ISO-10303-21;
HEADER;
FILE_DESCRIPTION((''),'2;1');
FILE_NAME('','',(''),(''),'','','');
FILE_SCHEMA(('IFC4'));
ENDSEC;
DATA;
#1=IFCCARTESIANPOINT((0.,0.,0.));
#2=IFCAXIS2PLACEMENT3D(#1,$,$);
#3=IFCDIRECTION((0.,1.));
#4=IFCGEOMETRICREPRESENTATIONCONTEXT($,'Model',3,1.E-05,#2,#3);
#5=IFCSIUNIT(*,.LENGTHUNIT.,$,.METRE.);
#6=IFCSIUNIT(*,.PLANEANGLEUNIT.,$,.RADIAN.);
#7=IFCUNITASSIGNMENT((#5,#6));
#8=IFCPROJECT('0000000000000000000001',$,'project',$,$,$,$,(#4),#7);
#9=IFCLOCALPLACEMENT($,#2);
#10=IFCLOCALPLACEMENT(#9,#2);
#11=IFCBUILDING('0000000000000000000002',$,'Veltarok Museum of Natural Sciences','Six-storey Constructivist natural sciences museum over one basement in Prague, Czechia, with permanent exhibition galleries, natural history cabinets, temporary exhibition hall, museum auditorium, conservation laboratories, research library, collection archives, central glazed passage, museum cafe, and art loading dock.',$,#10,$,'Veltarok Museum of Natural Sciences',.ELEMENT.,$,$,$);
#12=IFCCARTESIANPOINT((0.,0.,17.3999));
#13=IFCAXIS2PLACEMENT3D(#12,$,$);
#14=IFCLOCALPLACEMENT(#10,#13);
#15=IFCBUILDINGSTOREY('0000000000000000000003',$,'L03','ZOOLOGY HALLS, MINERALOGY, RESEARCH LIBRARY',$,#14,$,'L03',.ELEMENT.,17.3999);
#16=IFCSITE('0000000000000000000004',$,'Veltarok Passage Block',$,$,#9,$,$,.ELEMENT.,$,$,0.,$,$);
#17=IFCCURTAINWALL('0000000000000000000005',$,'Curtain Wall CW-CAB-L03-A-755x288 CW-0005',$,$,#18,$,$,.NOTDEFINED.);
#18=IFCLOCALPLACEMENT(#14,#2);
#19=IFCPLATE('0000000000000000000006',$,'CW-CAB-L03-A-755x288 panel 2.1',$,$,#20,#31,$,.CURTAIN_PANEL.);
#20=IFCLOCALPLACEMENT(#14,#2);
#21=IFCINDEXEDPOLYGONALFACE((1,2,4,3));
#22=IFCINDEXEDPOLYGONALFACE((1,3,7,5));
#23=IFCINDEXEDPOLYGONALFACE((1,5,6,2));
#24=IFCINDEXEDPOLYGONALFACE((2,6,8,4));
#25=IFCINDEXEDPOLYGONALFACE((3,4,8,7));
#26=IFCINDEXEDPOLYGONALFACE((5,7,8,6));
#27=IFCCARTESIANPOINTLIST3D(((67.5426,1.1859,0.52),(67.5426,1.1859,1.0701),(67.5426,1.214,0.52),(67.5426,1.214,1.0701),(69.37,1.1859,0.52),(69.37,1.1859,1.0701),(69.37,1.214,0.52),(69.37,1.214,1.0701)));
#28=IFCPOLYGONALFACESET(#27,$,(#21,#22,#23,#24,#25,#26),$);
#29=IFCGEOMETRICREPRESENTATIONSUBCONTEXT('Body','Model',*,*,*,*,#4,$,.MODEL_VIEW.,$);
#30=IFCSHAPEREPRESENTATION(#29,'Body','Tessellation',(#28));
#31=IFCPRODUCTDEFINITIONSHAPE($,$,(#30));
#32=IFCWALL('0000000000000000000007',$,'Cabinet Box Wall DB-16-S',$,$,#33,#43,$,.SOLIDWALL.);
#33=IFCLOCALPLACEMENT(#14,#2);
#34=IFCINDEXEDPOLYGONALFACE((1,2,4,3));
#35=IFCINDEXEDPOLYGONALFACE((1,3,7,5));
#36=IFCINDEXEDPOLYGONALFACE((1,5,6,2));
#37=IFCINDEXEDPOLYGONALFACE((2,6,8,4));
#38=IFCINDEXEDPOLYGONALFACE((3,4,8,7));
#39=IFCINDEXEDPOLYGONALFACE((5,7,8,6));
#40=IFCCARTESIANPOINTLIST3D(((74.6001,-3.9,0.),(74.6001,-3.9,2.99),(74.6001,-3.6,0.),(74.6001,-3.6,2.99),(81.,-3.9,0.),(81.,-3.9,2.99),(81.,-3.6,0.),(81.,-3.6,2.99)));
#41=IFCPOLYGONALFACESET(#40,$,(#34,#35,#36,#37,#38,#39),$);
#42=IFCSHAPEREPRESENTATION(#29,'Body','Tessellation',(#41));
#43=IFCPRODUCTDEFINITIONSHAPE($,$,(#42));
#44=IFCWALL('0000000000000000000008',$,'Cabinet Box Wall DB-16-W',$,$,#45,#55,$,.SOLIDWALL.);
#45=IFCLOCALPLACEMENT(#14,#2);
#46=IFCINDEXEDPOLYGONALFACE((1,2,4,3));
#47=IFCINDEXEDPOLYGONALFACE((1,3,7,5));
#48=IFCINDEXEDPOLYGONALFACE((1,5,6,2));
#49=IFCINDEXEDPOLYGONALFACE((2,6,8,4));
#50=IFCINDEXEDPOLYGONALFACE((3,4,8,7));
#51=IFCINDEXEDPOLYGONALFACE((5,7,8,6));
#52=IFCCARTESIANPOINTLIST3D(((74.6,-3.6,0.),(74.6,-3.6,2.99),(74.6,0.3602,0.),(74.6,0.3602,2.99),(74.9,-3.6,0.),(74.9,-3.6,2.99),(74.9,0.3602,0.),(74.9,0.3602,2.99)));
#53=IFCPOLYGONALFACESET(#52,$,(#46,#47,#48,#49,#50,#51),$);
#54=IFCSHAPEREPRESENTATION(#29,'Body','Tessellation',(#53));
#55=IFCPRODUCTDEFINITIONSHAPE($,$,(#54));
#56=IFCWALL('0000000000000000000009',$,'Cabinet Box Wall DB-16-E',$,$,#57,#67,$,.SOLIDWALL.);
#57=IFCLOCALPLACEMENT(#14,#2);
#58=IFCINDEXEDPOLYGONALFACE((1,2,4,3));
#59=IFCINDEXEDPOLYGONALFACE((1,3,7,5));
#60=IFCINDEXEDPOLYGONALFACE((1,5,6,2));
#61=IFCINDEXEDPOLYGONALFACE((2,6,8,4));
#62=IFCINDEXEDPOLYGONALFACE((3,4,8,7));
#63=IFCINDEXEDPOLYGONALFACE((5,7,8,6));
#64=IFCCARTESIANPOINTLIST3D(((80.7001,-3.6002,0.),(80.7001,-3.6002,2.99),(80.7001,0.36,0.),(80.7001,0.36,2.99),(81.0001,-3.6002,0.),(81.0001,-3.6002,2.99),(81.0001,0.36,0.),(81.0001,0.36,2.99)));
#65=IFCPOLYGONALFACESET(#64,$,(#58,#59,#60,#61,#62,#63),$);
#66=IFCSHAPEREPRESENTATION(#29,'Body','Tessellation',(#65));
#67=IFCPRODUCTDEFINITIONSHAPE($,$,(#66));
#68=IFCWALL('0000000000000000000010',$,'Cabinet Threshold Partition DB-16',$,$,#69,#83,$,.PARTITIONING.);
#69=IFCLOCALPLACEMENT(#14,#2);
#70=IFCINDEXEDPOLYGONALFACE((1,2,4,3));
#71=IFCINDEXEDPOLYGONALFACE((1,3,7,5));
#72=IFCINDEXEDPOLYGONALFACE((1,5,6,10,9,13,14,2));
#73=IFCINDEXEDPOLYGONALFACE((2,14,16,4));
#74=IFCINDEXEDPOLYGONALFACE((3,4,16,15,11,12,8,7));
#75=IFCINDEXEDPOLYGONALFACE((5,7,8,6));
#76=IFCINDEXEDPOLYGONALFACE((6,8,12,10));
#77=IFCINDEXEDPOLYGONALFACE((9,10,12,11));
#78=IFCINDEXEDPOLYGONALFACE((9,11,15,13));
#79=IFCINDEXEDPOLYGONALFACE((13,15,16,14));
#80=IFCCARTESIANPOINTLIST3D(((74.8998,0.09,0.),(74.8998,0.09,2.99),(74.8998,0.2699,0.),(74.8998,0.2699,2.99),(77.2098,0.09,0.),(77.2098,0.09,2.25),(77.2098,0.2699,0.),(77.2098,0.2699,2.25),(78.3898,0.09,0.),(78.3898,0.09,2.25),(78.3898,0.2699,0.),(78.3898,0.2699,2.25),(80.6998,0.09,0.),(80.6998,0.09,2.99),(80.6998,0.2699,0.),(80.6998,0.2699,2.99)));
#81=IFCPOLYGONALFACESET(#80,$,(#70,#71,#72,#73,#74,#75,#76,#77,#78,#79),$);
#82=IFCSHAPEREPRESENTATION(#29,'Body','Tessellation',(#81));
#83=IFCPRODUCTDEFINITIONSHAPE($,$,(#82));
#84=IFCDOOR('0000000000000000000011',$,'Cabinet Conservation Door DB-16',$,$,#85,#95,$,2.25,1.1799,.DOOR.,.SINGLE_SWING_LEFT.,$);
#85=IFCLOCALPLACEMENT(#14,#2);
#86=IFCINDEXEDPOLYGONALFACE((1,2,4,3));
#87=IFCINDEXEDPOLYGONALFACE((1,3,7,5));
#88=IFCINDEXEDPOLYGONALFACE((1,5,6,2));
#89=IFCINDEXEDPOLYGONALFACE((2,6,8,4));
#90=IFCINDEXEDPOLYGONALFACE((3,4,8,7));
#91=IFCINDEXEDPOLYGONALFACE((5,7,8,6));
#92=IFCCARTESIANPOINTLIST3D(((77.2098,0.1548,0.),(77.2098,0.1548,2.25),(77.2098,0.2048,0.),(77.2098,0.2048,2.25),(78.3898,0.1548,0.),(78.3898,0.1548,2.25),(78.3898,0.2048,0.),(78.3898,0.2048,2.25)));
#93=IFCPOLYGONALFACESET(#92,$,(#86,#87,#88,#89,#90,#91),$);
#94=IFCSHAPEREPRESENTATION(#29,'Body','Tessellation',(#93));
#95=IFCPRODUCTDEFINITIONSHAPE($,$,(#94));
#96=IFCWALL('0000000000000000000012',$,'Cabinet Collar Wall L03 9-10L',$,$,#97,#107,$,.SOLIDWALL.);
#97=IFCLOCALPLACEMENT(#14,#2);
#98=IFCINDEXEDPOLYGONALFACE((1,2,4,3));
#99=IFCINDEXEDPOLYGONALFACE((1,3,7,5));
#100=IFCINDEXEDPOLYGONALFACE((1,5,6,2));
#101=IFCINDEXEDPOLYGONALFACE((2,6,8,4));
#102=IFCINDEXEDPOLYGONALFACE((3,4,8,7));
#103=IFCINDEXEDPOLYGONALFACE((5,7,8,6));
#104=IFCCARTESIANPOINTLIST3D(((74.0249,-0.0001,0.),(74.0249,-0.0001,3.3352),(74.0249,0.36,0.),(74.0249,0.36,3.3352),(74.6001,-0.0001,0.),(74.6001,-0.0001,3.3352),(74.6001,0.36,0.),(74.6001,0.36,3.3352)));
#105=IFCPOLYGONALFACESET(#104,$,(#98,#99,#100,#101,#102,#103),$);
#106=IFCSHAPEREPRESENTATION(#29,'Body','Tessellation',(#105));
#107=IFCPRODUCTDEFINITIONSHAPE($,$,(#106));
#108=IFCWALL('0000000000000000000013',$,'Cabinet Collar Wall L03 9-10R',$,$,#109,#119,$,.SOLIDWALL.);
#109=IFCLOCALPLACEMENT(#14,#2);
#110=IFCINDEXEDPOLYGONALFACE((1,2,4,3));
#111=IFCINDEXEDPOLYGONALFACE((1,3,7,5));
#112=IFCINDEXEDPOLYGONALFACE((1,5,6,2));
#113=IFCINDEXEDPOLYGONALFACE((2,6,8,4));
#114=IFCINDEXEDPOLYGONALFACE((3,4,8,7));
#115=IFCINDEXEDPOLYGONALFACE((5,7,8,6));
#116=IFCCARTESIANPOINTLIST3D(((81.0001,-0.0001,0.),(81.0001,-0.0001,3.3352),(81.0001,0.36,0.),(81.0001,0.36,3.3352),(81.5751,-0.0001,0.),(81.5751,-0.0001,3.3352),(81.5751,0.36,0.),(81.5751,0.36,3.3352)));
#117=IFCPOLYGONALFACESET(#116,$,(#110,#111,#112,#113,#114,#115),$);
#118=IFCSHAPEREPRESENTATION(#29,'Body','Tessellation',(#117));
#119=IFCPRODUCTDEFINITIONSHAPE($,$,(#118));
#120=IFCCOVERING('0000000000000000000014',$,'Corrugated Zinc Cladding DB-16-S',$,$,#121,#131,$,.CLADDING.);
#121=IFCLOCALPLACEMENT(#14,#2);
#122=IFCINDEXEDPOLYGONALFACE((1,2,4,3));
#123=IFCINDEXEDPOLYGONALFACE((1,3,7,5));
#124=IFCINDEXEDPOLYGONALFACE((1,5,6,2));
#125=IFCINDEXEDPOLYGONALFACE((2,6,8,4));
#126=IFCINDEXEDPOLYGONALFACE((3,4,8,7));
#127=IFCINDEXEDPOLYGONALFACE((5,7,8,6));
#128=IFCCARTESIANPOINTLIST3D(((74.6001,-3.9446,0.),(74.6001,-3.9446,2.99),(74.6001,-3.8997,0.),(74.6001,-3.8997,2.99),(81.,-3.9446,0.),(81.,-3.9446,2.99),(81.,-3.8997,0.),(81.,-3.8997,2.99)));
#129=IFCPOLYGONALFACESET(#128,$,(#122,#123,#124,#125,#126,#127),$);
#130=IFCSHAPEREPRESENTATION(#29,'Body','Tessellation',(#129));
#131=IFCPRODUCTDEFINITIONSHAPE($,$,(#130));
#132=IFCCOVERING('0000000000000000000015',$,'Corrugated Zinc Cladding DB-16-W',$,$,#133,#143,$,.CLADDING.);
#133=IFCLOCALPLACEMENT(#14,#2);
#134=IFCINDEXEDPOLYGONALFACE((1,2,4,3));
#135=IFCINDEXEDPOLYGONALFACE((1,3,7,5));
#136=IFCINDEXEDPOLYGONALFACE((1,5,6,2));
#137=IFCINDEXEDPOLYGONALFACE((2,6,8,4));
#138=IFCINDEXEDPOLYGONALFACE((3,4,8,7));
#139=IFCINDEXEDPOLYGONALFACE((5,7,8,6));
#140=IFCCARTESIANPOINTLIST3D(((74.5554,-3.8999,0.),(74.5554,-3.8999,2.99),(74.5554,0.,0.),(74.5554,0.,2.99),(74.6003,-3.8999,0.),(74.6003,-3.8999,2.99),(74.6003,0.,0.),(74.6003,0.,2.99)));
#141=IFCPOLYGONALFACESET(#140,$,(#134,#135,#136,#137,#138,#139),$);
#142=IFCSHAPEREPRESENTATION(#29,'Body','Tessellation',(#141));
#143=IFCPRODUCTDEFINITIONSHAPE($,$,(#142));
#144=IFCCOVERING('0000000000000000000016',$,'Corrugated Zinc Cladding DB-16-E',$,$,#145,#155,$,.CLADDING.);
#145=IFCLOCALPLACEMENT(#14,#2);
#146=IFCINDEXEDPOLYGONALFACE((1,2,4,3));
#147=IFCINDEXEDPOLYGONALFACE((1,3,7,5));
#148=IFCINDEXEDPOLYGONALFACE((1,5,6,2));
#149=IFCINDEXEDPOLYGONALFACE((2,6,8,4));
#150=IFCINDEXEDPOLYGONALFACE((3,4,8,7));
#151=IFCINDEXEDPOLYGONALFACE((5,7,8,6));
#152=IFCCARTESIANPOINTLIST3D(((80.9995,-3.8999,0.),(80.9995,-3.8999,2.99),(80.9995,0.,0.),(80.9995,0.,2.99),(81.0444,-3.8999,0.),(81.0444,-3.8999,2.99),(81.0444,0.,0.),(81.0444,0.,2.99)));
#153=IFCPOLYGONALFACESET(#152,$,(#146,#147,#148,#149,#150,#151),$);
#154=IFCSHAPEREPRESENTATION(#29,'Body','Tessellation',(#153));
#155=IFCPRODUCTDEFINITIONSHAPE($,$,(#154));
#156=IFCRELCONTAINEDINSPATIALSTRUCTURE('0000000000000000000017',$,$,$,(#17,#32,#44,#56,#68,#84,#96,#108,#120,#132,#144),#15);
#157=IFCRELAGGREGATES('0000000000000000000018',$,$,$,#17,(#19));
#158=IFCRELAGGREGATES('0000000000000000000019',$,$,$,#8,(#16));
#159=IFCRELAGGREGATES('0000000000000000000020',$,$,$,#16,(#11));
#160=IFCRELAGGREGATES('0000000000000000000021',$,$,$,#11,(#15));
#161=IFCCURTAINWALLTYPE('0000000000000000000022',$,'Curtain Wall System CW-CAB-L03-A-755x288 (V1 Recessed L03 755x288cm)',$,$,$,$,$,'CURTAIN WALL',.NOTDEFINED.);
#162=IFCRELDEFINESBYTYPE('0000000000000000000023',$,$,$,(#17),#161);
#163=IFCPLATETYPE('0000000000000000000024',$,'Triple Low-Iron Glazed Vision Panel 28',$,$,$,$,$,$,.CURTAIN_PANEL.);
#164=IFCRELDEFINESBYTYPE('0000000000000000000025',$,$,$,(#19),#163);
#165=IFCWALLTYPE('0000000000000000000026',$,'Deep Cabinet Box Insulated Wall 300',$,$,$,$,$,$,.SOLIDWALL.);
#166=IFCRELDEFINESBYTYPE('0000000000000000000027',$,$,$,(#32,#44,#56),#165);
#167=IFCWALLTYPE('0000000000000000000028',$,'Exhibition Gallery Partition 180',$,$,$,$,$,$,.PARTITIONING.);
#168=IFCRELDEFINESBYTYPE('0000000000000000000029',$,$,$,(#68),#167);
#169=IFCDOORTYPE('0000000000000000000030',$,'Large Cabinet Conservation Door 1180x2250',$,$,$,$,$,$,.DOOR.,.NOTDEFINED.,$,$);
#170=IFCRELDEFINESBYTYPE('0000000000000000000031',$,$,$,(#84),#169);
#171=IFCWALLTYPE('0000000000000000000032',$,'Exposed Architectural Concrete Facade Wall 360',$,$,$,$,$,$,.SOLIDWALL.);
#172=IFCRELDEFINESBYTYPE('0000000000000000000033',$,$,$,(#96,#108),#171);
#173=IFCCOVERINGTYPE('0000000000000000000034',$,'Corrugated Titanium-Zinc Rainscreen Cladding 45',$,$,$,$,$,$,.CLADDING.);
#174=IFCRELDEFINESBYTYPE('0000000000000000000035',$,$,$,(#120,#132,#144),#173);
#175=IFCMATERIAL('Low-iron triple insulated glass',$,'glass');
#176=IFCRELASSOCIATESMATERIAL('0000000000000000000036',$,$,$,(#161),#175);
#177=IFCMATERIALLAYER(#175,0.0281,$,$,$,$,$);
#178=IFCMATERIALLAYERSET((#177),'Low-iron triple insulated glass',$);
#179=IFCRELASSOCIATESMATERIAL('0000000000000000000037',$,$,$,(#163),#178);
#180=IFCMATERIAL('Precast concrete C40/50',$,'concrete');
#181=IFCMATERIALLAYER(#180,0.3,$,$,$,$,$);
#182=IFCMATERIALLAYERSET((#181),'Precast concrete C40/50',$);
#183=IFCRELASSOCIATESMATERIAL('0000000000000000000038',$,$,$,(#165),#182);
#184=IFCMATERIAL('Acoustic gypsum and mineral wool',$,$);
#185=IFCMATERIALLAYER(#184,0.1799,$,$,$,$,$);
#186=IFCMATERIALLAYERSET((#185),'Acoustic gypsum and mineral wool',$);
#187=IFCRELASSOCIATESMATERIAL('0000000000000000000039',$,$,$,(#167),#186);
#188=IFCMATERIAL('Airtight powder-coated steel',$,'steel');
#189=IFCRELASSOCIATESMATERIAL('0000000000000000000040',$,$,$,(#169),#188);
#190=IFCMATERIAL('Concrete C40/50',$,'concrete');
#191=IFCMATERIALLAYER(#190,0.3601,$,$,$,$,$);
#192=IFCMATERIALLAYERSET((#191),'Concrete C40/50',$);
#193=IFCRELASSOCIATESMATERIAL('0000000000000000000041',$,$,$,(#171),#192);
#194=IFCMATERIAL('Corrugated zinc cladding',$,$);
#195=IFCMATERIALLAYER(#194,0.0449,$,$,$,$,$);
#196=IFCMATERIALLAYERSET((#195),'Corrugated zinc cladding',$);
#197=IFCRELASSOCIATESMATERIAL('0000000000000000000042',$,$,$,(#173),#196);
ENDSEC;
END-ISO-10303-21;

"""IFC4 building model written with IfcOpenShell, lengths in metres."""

from ifc_helpers import new_model, si_unit, direction, frame, frame_2d, origin, origin_2d, place, context, subcontext, project, spatial, rectangle, extrude, material, layer, layer_set, type_object, element, fill, aggregate, save


model = new_model("IFC4")

# Units and contexts
model_context = context("Model", 3, precision=1e-05, world=origin(), true_north=direction((0.0, 1.0)))
body_context = subcontext(model_context, "Body", "Model", "MODEL_VIEW")
ifc_project = project(units=[si_unit("LENGTHUNIT", "METRE"), si_unit("PLANEANGLEUNIT", "RADIAN")], contexts=[model_context])

# Site, building, storey
site_placement = place(None, origin())
site = spatial("IfcSite", under=ifc_project, at=site_placement, Name="Veltarok Passage Block", CompositionType="ELEMENT", RefElevation=0.0)
building_placement = place(site_placement, origin())
building = spatial("IfcBuilding", under=site, at=building_placement, Name="Veltarok Museum of Natural Sciences", Description="Six-storey Constructivist natural sciences museum over one basement in Prague, Czechia, with permanent exhibition galleries, natural history cabinets, temporary exhibition hall, museum auditorium, conservation laboratories, research library, collection archives, central glazed passage, museum cafe, and art loading dock.", LongName="Veltarok Museum of Natural Sciences", CompositionType="ELEMENT")
storey_placement = place(building_placement, frame((0.0, 0.0, 17.3999)))
storey = spatial("IfcBuildingStorey", under=building, at=storey_placement, Name="L03", Description="ZOOLOGY HALLS, MINERALOGY, RESEARCH LIBRARY", LongName="L03", CompositionType="ELEMENT", Elevation=17.3999)

# Shared definitions
ifc_material_1 = material(Name="Concrete C40/50", Category="concrete")

# Curtain wall
ifc_material_2 = material(Name="Low-iron triple insulated glass", Category="glass")
curtain_wall_type = type_object("IfcCurtainWallType", Name="Curtain Wall System CW-CAB-L03-A-755x288 (V1 Recessed L03 755x288cm)", ElementType="CURTAIN WALL", PredefinedType="NOTDEFINED", material=ifc_material_2)
curtain_wall_placement = place(storey_placement, origin())
curtain_wall = element("IfcCurtainWall", 1, at=curtain_wall_placement, inside=storey, type_object=curtain_wall_type, Name="Curtain Wall CW-CAB-L03-A-755x288 CW-0005", PredefinedType="NOTDEFINED")

# Plate
ifc_layer_1 = layer(ifc_material_2, 0.0281)
ifc_layer_set_1 = layer_set([ifc_layer_1], Name="Low-iron triple insulated glass")
plate_type = type_object("IfcPlateType", Name="Triple Low-Iron Glazed Vision Panel 28", PredefinedType="CURTAIN_PANEL", material=ifc_layer_set_1)
plate_1_placement = place(storey_placement, frame((68.4563, 1.2, 0.52), z_axis=(0.0, 0.0, 1.0), x_axis=(1.0, 0.0, 0.0)))
plate_1 = element("IfcPlate", 2, at=plate_1_placement, type_object=plate_type, Name="CW-CAB-L03-A-755x288 panel 2.1", PredefinedType="CURTAIN_PANEL", context=body_context, shape_type="SweptSolid", body=[
    extrude(rectangle(XDim=1.8274, YDim=0.0281, at=origin_2d()), origin(), (0.0, 0.0, 1.0), 0.55),
])
aggregate(curtain_wall, [plate_1])

# Walls
ifc_material_3 = material(Name="Precast concrete C40/50", Category="concrete")
ifc_layer_2 = layer(ifc_material_3, 0.3)
ifc_layer_set_2 = layer_set([ifc_layer_2], Name="Precast concrete C40/50")
wall_type_1 = type_object("IfcWallType", Name="Deep Cabinet Box Insulated Wall 300", PredefinedType="SOLIDWALL", material=ifc_layer_set_2)
wall_1_placement = place(storey_placement, frame((74.6001, -3.75, 0.0), z_axis=(0.0, 0.0, 1.0), x_axis=(1.0, 0.0, 0.0)))
element("IfcWall", 3, at=wall_1_placement, inside=storey, type_object=wall_type_1, Name="Cabinet Box Wall DB-16-S", PredefinedType="SOLIDWALL", context=body_context, shape_type="SweptSolid", body=[
    extrude(rectangle(XDim=6.3999, YDim=0.3, at=frame_2d((3.2, 0.0))), origin(), (0.0, 0.0, 1.0), 2.99),
])
for number, where, z_axis, x_axis, name in (
    (4, (74.75, 0.3601, 0.0), (0.0, 0.0, 1.0), (0.0, -1.0, 0.0), "Cabinet Box Wall DB-16-W"),
    (5, (80.8501, -3.6001, 0.0), (0.0, 0.0, 1.0), (0.0, 1.0, 0.0), "Cabinet Box Wall DB-16-E"),
):
    element("IfcWall", number, at=place(storey_placement, frame(where, z_axis=z_axis, x_axis=x_axis)), inside=storey, type_object=wall_type_1, Name=name, PredefinedType="SOLIDWALL", context=body_context, shape_type="SweptSolid", body=[
        extrude(rectangle(XDim=3.9602, YDim=0.3, at=frame_2d((1.98, 0.0))), origin(), (0.0, 0.0, 1.0), 2.99),
    ])

# Wall, opening, door
ifc_material_4 = material(Name="Acoustic gypsum and mineral wool")
ifc_layer_3 = layer(ifc_material_4, 0.1799)
ifc_layer_set_3 = layer_set([ifc_layer_3], Name="Acoustic gypsum and mineral wool")
wall_type_2 = type_object("IfcWallType", Name="Exhibition Gallery Partition 180", PredefinedType="PARTITIONING", material=ifc_layer_set_3)
wall_2_placement = place(storey_placement, frame((74.8999, 0.1799, 0.0), z_axis=(0.0, 0.0, 1.0), x_axis=(1.0, 0.0, 0.0)))
wall_2 = element("IfcWall", 6, at=wall_2_placement, inside=storey, type_object=wall_type_2, Name="Cabinet Threshold Partition DB-16", PredefinedType="PARTITIONING", context=body_context, shape_type="SweptSolid", body=[
    extrude(rectangle(XDim=5.8, YDim=0.1799, at=frame_2d((2.8999, 0.0))), origin(), (0.0, 0.0, 1.0), 2.99),
])
opening_placement = place(wall_2_placement, frame((2.3101, 0.0, 0.0)))
opening = element("IfcOpeningElement", 7, at=opening_placement, cuts=wall_2, PredefinedType="OPENING", context=body_context, shape_type="SweptSolid", body=[
    extrude(rectangle(XDim=1.1799, YDim=2.25, at=frame_2d((0.5898, 1.125))), frame((0.0, 0.1001, 0.0), z_axis=(0.0, -1.0, 0.0), x_axis=(1.0, 0.0, 0.0)), (0.0, 0.0, 1.0), 0.2),
])
ifc_material_5 = material(Name="Airtight powder-coated steel", Category="steel")
door_type = type_object("IfcDoorType", Name="Large Cabinet Conservation Door 1180x2250", OperationType="NOTDEFINED", PredefinedType="DOOR", material=ifc_material_5)
door_placement = place(opening_placement, origin())
door = element("IfcDoor", 8, at=door_placement, inside=storey, type_object=door_type, Name="Cabinet Conservation Door DB-16", OperationType="SINGLE_SWING_LEFT", OverallHeight=2.25, OverallWidth=1.1799, PredefinedType="DOOR", context=body_context, shape_type="SweptSolid", body=[
    extrude(rectangle(XDim=1.1799, YDim=2.25, at=frame_2d((0.5898, 1.125))), frame((0.0, 0.0249, 0.0), z_axis=(0.0, -1.0, 0.0), x_axis=(1.0, 0.0, 0.0)), (0.0, 0.0, 1.0), 0.05),
])
fill(opening, door)

# Walls
ifc_layer_4 = layer(ifc_material_1, 0.3601)
ifc_layer_set_4 = layer_set([ifc_layer_4], Name="Concrete C40/50")
wall_type_3 = type_object("IfcWallType", Name="Exposed Architectural Concrete Facade Wall 360", PredefinedType="SOLIDWALL", material=ifc_layer_set_4)
wall_3_placement = place(storey_placement, frame((74.0249, 0.1799, 0.0), z_axis=(0.0, 0.0, 1.0), x_axis=(1.0, 0.0, 0.0)))
element("IfcWall", 9, at=wall_3_placement, inside=storey, type_object=wall_type_3, Name="Cabinet Collar Wall L03 9-10L", PredefinedType="SOLIDWALL", context=body_context, shape_type="SweptSolid", body=[
    extrude(rectangle(XDim=0.5752, YDim=0.3601, at=frame_2d((0.2876, 0.0))), origin(), (0.0, 0.0, 1.0), 3.3352),
])
wall_4_placement = place(storey_placement, frame((81.0, 0.1799, 0.0), z_axis=(0.0, 0.0, 1.0), x_axis=(1.0, 0.0, 0.0)))
element("IfcWall", 10, at=wall_4_placement, inside=storey, type_object=wall_type_3, Name="Cabinet Collar Wall L03 9-10R", PredefinedType="SOLIDWALL", context=body_context, shape_type="SweptSolid", body=[
    extrude(rectangle(XDim=0.575, YDim=0.3601, at=frame_2d((0.2876, 0.0))), origin(), (0.0, 0.0, 1.0), 3.3352),
])

# Coverings
ifc_material_6 = material(Name="Corrugated zinc cladding")
ifc_layer_5 = layer(ifc_material_6, 0.0449)
ifc_layer_set_5 = layer_set([ifc_layer_5], Name="Corrugated zinc cladding")
covering_type = type_object("IfcCoveringType", Name="Corrugated Titanium-Zinc Rainscreen Cladding 45", PredefinedType="CLADDING", material=ifc_layer_set_5)
covering_placement = place(storey_placement, frame((74.6001, -3.9221, 0.0), z_axis=(0.0, 0.0, 1.0), x_axis=(1.0, 0.0, 0.0)))
element("IfcCovering", 11, at=covering_placement, inside=storey, type_object=covering_type, Name="Corrugated Zinc Cladding DB-16-S", PredefinedType="CLADDING", context=body_context, shape_type="SweptSolid", body=[
    extrude(rectangle(XDim=6.3999, YDim=0.0449, at=frame_2d((3.2, 0.0))), origin(), (0.0, 0.0, 1.0), 2.99),
])
for number, where, z_axis, x_axis, name in (
    (12, (74.5779, 0.0, 0.0), (0.0, 0.0, 1.0), (0.0, -1.0, 0.0), "Corrugated Zinc Cladding DB-16-W"),
    (13, (81.022, -3.8999, 0.0), (0.0, 0.0, 1.0), (0.0, 1.0, 0.0), "Corrugated Zinc Cladding DB-16-E"),
):
    element("IfcCovering", number, at=place(storey_placement, frame(where, z_axis=z_axis, x_axis=x_axis)), inside=storey, type_object=covering_type, Name=name, PredefinedType="CLADDING", context=body_context, shape_type="SweptSolid", body=[
        extrude(rectangle(XDim=3.8999, YDim=0.0449, at=frame_2d((1.95, 0.0))), origin(), (0.0, 0.0, 1.0), 2.99),
    ])

save(model, "model.ifc")
